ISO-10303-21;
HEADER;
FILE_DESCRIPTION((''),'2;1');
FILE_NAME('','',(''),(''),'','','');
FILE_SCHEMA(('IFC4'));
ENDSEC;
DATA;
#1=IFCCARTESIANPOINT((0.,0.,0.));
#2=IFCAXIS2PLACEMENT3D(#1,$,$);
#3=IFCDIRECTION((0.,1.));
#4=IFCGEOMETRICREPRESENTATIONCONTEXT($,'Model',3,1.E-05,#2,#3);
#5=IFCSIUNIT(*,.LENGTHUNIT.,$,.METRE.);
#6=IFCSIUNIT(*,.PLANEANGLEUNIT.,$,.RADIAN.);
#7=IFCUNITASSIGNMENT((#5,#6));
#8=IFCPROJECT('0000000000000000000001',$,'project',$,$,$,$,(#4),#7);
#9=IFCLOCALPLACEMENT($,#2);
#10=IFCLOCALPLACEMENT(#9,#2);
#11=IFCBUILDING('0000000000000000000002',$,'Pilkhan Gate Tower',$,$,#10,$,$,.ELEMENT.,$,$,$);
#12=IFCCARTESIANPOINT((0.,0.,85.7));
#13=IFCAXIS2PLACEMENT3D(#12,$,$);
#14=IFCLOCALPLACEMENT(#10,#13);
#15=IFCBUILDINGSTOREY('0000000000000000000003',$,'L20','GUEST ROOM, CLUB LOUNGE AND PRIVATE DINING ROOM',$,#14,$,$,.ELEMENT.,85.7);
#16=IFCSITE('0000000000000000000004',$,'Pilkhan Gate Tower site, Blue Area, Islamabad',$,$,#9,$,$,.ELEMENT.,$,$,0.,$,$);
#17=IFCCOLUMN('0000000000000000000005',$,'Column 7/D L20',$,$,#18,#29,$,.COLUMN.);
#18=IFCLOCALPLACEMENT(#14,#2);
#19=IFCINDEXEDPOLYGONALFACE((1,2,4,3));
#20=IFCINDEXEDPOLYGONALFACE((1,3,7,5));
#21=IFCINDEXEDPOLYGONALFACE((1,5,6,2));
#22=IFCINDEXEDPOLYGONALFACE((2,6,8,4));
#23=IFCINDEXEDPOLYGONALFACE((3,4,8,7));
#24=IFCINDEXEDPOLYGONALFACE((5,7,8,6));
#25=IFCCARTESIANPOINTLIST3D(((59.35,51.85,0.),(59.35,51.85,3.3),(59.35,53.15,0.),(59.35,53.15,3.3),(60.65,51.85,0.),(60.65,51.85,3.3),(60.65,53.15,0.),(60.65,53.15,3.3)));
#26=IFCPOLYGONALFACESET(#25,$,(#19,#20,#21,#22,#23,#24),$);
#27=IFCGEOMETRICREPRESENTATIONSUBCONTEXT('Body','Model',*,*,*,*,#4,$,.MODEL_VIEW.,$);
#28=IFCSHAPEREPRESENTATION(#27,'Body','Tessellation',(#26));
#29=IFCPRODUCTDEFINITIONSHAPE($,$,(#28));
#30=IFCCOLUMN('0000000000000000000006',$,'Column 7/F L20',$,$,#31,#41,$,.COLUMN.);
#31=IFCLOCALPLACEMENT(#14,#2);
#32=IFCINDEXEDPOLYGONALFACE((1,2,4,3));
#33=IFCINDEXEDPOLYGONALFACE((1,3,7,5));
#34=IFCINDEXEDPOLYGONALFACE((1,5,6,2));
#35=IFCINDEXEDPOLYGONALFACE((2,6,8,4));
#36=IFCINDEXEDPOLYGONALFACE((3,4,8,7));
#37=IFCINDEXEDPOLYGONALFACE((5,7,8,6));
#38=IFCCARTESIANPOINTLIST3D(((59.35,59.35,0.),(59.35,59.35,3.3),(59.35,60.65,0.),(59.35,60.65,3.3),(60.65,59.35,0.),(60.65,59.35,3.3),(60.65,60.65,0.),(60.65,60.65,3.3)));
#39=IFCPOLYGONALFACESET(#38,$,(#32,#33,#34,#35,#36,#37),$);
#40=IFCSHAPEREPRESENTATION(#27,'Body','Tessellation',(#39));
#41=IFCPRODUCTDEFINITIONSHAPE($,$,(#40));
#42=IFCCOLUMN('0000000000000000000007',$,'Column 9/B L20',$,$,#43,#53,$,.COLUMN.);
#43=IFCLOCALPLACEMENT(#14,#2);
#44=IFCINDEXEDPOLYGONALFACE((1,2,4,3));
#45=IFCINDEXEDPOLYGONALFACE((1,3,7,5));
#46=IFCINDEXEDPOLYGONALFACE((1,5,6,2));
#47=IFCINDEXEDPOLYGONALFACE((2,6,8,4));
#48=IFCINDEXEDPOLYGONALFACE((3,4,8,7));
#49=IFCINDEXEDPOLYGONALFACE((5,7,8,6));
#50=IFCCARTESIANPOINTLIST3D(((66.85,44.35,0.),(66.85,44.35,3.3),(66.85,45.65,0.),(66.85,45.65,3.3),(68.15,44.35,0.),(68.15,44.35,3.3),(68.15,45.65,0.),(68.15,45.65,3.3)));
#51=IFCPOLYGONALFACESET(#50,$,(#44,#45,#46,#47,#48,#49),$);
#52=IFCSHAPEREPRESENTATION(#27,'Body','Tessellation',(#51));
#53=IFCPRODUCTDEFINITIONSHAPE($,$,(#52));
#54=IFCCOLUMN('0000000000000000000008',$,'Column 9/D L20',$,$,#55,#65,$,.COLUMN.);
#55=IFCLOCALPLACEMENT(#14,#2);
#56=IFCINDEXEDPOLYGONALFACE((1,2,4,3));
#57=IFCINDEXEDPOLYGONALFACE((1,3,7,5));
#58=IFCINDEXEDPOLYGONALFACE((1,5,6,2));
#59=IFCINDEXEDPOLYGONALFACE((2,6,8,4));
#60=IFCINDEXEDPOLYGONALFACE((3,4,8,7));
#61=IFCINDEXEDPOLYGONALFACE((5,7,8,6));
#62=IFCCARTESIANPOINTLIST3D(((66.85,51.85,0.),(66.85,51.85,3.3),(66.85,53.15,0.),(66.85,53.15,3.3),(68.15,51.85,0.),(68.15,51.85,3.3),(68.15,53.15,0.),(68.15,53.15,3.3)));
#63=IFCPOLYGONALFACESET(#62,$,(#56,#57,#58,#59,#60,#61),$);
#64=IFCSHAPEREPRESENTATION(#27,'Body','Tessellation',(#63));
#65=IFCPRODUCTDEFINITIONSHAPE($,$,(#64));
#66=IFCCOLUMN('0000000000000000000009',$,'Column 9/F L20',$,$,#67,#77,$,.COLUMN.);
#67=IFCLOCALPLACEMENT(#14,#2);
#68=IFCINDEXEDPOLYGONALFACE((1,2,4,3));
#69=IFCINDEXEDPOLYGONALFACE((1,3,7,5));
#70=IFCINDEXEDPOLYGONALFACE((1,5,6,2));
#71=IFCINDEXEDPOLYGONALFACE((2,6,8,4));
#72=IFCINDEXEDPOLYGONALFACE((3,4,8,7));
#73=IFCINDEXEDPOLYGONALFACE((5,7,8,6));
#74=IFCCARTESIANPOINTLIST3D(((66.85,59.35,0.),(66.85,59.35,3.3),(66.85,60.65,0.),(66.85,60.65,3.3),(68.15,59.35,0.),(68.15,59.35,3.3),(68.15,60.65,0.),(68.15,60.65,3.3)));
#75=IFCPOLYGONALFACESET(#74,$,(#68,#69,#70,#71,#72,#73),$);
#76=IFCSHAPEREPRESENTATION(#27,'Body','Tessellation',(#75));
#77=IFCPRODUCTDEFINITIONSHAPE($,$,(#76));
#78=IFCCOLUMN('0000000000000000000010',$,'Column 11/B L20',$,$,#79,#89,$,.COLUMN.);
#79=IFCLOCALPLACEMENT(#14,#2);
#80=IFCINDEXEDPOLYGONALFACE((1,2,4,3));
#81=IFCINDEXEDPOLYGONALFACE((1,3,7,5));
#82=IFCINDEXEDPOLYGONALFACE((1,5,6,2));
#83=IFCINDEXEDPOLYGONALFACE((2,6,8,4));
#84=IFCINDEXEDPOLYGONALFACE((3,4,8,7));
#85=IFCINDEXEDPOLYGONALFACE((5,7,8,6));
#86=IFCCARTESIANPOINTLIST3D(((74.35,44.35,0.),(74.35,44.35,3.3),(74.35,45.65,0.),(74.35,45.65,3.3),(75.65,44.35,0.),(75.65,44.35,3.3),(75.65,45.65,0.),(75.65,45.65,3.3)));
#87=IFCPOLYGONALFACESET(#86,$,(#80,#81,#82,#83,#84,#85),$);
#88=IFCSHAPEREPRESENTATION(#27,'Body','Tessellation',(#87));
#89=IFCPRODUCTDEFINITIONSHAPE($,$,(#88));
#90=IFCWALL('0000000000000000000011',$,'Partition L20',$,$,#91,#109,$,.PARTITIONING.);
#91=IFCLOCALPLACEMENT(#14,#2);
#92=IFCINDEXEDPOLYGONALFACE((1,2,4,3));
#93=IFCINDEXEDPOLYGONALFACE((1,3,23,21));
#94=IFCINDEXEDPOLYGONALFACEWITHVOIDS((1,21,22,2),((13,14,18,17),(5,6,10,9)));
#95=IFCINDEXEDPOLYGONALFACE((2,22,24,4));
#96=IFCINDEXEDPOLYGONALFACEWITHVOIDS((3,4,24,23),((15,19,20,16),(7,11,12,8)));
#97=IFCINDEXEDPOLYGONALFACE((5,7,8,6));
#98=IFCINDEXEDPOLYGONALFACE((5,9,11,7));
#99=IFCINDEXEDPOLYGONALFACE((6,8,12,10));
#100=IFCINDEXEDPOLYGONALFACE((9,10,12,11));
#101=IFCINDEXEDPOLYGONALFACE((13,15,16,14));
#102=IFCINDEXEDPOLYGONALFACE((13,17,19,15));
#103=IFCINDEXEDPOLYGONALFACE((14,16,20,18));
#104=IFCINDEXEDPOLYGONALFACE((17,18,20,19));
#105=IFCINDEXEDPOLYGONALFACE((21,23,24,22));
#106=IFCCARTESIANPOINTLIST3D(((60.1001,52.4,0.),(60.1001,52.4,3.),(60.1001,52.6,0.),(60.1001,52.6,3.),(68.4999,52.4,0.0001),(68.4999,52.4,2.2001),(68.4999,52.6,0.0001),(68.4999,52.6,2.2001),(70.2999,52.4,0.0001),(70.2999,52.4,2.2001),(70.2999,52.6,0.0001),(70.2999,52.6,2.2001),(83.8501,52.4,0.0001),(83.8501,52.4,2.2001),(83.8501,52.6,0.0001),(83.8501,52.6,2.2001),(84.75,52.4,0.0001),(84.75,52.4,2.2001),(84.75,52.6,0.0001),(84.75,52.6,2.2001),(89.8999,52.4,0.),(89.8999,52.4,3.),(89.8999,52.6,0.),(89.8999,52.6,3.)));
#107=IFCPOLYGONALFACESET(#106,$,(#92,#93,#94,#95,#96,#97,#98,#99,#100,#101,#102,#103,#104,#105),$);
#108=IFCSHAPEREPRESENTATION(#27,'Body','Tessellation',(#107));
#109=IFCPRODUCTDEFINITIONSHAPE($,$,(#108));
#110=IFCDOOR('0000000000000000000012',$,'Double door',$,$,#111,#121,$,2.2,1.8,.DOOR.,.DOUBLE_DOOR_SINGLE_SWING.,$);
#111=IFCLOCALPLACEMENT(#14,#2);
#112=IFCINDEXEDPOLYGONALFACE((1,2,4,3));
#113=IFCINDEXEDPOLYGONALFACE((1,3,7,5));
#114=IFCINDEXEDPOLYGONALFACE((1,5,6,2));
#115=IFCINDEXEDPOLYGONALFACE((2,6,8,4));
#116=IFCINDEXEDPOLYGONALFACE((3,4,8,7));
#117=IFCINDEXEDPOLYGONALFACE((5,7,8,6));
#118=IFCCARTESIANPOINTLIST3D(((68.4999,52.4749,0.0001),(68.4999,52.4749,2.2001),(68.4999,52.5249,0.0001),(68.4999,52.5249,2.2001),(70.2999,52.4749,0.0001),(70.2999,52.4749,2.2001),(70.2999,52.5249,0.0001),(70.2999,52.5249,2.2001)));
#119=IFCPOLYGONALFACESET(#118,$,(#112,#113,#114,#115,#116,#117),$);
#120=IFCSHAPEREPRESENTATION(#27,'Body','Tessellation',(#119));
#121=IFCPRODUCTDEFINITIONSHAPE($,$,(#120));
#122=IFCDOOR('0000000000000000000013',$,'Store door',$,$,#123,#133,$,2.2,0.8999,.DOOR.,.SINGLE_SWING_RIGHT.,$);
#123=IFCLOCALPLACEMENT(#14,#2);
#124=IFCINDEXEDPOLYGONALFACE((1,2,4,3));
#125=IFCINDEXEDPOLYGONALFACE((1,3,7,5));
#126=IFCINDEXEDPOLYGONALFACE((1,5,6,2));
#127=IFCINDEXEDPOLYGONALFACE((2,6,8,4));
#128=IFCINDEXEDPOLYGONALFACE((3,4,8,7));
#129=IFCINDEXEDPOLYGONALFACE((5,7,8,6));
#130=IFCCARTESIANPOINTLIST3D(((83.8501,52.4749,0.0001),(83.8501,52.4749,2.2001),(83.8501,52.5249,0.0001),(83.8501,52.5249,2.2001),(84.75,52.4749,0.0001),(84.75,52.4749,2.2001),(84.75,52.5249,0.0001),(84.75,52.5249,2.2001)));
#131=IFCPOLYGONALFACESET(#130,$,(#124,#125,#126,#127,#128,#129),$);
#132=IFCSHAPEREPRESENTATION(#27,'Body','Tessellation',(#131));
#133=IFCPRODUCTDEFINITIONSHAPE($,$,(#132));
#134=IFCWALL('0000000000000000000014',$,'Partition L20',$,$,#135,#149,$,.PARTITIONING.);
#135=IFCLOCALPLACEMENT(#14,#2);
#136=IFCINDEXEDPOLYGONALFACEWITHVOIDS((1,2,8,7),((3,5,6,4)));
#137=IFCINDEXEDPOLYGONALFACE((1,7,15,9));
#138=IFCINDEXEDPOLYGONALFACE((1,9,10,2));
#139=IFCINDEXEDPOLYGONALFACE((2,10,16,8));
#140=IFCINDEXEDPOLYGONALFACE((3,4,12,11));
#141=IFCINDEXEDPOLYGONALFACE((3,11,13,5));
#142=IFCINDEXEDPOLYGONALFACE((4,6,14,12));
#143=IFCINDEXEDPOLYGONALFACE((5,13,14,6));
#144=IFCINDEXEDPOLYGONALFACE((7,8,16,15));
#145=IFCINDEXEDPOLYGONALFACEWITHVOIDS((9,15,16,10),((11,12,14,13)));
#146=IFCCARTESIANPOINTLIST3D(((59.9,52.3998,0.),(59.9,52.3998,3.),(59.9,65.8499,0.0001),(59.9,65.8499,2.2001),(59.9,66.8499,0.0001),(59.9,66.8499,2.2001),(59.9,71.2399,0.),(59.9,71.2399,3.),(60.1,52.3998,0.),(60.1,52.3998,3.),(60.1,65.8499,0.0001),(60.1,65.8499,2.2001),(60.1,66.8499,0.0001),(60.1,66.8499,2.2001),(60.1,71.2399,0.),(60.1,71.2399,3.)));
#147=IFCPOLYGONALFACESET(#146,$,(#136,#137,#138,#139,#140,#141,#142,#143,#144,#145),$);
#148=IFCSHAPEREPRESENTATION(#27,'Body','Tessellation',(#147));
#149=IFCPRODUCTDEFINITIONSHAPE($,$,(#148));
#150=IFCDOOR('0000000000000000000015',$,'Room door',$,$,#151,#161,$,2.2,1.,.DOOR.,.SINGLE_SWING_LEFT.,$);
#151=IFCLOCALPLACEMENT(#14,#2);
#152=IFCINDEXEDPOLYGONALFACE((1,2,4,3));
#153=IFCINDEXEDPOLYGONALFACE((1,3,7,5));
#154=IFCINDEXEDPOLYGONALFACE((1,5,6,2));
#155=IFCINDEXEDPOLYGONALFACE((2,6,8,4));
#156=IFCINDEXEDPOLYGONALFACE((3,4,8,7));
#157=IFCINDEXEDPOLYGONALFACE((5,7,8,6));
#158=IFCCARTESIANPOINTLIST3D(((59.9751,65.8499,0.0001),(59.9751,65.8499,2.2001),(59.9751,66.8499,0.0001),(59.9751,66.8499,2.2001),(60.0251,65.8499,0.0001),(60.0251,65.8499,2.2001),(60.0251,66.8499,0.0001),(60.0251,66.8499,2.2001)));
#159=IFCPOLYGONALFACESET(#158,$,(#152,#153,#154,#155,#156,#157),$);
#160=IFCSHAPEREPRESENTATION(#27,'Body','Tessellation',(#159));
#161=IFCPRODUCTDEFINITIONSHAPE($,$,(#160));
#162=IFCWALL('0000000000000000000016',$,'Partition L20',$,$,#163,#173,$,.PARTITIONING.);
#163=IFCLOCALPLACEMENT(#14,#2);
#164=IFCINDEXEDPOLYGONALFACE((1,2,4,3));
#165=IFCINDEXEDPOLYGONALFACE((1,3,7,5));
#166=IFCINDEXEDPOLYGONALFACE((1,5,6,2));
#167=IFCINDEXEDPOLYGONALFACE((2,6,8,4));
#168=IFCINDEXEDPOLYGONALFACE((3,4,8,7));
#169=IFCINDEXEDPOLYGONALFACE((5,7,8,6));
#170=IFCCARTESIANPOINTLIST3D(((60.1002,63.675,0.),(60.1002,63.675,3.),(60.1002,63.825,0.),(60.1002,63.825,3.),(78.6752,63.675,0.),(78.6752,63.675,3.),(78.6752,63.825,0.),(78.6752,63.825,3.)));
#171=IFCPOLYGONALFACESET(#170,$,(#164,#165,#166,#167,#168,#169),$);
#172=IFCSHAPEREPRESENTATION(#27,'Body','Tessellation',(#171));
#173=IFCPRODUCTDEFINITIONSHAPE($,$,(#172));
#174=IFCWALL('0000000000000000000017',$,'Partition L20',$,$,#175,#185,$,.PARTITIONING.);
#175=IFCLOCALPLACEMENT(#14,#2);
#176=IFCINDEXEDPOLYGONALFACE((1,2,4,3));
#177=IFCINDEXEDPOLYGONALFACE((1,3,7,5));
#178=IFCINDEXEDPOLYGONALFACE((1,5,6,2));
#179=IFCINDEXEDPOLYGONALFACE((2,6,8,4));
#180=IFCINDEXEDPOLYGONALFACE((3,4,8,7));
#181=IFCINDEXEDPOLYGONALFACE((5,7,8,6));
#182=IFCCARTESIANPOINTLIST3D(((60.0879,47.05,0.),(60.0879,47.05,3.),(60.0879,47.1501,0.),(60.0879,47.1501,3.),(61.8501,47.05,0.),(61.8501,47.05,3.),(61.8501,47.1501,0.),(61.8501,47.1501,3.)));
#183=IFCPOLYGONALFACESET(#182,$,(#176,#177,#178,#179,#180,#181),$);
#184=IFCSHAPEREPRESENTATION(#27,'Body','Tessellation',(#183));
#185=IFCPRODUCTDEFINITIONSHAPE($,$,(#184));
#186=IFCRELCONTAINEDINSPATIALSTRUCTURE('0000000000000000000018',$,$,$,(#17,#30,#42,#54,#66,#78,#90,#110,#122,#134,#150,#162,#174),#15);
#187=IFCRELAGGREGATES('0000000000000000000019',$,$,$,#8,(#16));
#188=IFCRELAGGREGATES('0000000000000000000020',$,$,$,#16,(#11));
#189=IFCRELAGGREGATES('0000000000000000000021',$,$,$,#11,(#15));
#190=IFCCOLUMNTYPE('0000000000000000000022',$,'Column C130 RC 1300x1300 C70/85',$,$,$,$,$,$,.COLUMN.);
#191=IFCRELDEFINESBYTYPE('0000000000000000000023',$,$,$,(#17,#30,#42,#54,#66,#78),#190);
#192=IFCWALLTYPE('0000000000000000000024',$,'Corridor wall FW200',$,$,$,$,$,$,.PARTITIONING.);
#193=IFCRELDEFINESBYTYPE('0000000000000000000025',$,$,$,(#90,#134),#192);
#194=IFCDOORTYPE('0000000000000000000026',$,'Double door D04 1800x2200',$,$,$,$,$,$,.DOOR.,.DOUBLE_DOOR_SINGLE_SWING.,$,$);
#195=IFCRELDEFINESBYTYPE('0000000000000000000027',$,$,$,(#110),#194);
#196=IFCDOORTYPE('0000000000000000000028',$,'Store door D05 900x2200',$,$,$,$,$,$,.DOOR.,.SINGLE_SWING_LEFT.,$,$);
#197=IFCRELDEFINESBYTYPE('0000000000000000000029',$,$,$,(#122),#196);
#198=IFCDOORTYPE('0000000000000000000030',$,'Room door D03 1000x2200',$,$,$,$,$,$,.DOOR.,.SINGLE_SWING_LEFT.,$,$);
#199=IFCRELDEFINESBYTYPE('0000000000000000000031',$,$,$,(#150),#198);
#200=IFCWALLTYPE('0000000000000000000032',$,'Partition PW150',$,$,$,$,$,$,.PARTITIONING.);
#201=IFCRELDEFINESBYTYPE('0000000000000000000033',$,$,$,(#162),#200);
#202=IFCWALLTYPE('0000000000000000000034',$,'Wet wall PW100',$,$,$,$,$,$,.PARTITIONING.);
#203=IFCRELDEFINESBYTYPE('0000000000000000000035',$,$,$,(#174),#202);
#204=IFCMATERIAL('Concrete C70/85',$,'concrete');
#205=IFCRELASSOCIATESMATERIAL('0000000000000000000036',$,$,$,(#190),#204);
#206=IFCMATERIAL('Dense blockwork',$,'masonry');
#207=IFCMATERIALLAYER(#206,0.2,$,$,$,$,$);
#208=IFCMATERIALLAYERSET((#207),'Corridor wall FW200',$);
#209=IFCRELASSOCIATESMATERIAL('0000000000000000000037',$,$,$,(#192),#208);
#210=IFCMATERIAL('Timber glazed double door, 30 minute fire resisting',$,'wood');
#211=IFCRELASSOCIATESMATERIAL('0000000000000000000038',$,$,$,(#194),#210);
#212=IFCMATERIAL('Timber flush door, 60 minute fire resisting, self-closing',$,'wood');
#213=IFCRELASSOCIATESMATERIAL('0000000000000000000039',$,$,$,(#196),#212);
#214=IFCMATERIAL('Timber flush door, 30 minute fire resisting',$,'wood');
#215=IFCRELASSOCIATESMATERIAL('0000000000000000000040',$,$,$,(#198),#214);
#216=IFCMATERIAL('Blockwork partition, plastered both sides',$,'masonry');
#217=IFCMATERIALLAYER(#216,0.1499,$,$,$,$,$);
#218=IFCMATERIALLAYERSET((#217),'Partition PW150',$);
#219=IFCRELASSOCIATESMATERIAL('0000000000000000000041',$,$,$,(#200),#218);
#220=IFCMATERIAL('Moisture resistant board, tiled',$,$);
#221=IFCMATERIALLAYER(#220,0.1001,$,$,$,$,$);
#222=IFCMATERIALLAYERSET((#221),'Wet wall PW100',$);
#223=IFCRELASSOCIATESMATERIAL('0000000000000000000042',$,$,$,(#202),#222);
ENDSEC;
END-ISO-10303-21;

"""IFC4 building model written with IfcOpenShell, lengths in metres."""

from ifc_helpers import new_model, si_unit, direction, frame, frame_2d, origin, origin_2d, place, context, subcontext, project, spatial, rectangle, extrude, material, layer, layer_set, material_profile, profile_set, type_object, element, fill, save


model = new_model("IFC4")

# Units and contexts
model_context = context("Model", 3, precision=1e-05, world=origin(), true_north=direction((0.0, 1.0)))
body_context = subcontext(model_context, "Body", "Model", "MODEL_VIEW")
ifc_project = project(units=[si_unit("LENGTHUNIT", "METRE"), si_unit("PLANEANGLEUNIT", "RADIAN")], contexts=[model_context])

# Site, building, storey
site_placement = place(None, origin())
site = spatial("IfcSite", under=ifc_project, at=site_placement, Name="Pilkhan Gate Tower site, Blue Area, Islamabad", CompositionType="ELEMENT", RefElevation=0.0)
building_placement = place(site_placement, origin())
building = spatial("IfcBuilding", under=site, at=building_placement, Name="Pilkhan Gate Tower", CompositionType="ELEMENT")
storey_placement = place(building_placement, frame((0.0, 0.0, 85.7)))
storey = spatial("IfcBuildingStorey", under=building, at=storey_placement, Name="L20", Description="GUEST ROOM, CLUB LOUNGE AND PRIVATE DINING ROOM", CompositionType="ELEMENT", Elevation=85.7)

# Columns
ifc_material_1 = material(Name="Concrete C70/85", Category="concrete")
ifc_material_profile = material_profile(ifc_material_1, rectangle(XDim=1.3, YDim=1.3, at=origin_2d()), Name="RC 1300x1300")
ifc_profile_set = profile_set([ifc_material_profile], Name="Concrete C70/85")
column_type = type_object("IfcColumnType", Name="Column C130 RC 1300x1300 C70/85", PredefinedType="COLUMN", material=ifc_profile_set)
for number, where, z_axis, x_axis, name in (
    (1, (60.0, 52.5, 0.0), (0.0, 0.0, 1.0), (1.0, 0.0, 0.0), "Column 7/D L20"),
    (2, (60.0, 60.0, 0.0), (0.0, 0.0, 1.0), (1.0, 0.0, 0.0), "Column 7/F L20"),
    (3, (67.5, 45.0, 0.0), (0.0, 0.0, 1.0), (1.0, 0.0, 0.0), "Column 9/B L20"),
    (4, (67.5, 52.5, 0.0), (0.0, 0.0, 1.0), (1.0, 0.0, 0.0), "Column 9/D L20"),
    (5, (67.5, 60.0, 0.0), (0.0, 0.0, 1.0), (1.0, 0.0, 0.0), "Column 9/F L20"),
    (6, (75.0, 45.0, 0.0), (0.0, 0.0, 1.0), (1.0, 0.0, 0.0), "Column 11/B L20"),
):
    element("IfcColumn", number, at=place(storey_placement, frame(where, z_axis=z_axis, x_axis=x_axis)), inside=storey, type_object=column_type, Name=name, PredefinedType="COLUMN", context=body_context, shape_type="SweptSolid", body=[
        extrude(rectangle(XDim=1.3, YDim=1.3, at=origin_2d()), origin(), (0.0, 0.0, 1.0), 3.3),
    ])

# Wall, openings, doors
ifc_material_2 = material(Name="Dense blockwork", Category="masonry")
ifc_layer_1 = layer(ifc_material_2, 0.2)
ifc_layer_set_1 = layer_set([ifc_layer_1], Name="Corridor wall FW200")
wall_type_1 = type_object("IfcWallType", Name="Corridor wall FW200", PredefinedType="PARTITIONING", material=ifc_layer_set_1)
wall_1_placement = place(storey_placement, frame((60.1001, 52.5, 0.0), z_axis=(0.0, 0.0, 1.0), x_axis=(1.0, 0.0, 0.0)))
wall_1 = element("IfcWall", 7, at=wall_1_placement, inside=storey, type_object=wall_type_1, Name="Partition L20", PredefinedType="PARTITIONING", context=body_context, shape_type="SweptSolid", body=[
    extrude(rectangle(XDim=29.7998, YDim=0.2, at=frame_2d((14.8999, 0.0))), origin(), (0.0, 0.0, 1.0), 3.0),
])
opening_1_placement = place(wall_1_placement, frame((8.3999, 0.0, 0.0)))
opening_1 = element("IfcOpeningElement", 8, at=opening_1_placement, cuts=wall_1, PredefinedType="OPENING", context=body_context, shape_type="SweptSolid", body=[
    extrude(rectangle(XDim=1.8, YDim=2.2, at=frame_2d((0.8999, 1.1001))), frame((0.0, 0.1099, 0.0), z_axis=(0.0, -1.0, 0.0), x_axis=(1.0, 0.0, 0.0)), (0.0, 0.0, 1.0), 0.22),
])
opening_2_placement = place(wall_1_placement, frame((23.75, 0.0, 0.0)))
opening_2 = element("IfcOpeningElement", 9, at=opening_2_placement, cuts=wall_1, PredefinedType="OPENING", context=body_context, shape_type="SweptSolid", body=[
    extrude(rectangle(XDim=0.8999, YDim=2.2, at=frame_2d((0.45, 1.1001))), frame((0.0, 0.1099, 0.0), z_axis=(0.0, -1.0, 0.0), x_axis=(1.0, 0.0, 0.0)), (0.0, 0.0, 1.0), 0.22),
])
ifc_material_3 = material(Name="Timber glazed double door, 30 minute fire resisting", Category="wood")
door_type_1 = type_object("IfcDoorType", Name="Double door D04 1800x2200", OperationType="DOUBLE_DOOR_SINGLE_SWING", PredefinedType="DOOR", material=ifc_material_3)
door_1_placement = place(opening_1_placement, origin())
door_1 = element("IfcDoor", 10, at=door_1_placement, inside=storey, type_object=door_type_1, Name="Double door", OperationType="DOUBLE_DOOR_SINGLE_SWING", OverallHeight=2.2, OverallWidth=1.8, PredefinedType="DOOR", context=body_context, shape_type="SweptSolid", body=[
    extrude(rectangle(XDim=1.8, YDim=2.2, at=frame_2d((0.8999, 1.1001))), frame((0.0, 0.0249, 0.0), z_axis=(0.0, -1.0, 0.0), x_axis=(1.0, 0.0, 0.0)), (0.0, 0.0, 1.0), 0.05),
])
fill(opening_1, door_1)
ifc_material_4 = material(Name="Timber flush door, 60 minute fire resisting, self-closing", Category="wood")
door_type_2 = type_object("IfcDoorType", Name="Store door D05 900x2200", OperationType="SINGLE_SWING_LEFT", PredefinedType="DOOR", material=ifc_material_4)
door_2_placement = place(opening_2_placement, origin())
door_2 = element("IfcDoor", 11, at=door_2_placement, inside=storey, type_object=door_type_2, Name="Store door", OperationType="SINGLE_SWING_RIGHT", OverallHeight=2.2, OverallWidth=0.8999, PredefinedType="DOOR", context=body_context, shape_type="SweptSolid", body=[
    extrude(rectangle(XDim=0.8999, YDim=2.2, at=frame_2d((0.45, 1.1001))), frame((0.0, 0.0249, 0.0), z_axis=(0.0, -1.0, 0.0), x_axis=(1.0, 0.0, 0.0)), (0.0, 0.0, 1.0), 0.05),
])
fill(opening_2, door_2)

# Wall, opening, door
wall_2_placement = place(storey_placement, frame((60.0, 52.3999, 0.0), z_axis=(0.0, 0.0, 1.0), x_axis=(0.0, 1.0, 0.0)))
wall_2 = element("IfcWall", 12, at=wall_2_placement, inside=storey, type_object=wall_type_1, Name="Partition L20", PredefinedType="PARTITIONING", context=body_context, shape_type="SweptSolid", body=[
    extrude(rectangle(XDim=18.8401, YDim=0.2, at=frame_2d((9.4199, 0.0))), origin(), (0.0, 0.0, 1.0), 3.0),
])
opening_3_placement = place(wall_2_placement, frame((13.45, 0.0, 0.0)))
opening_3 = element("IfcOpeningElement", 13, at=opening_3_placement, cuts=wall_2, PredefinedType="OPENING", context=body_context, shape_type="SweptSolid", body=[
    extrude(rectangle(XDim=1.0, YDim=2.2, at=frame_2d((0.5, 1.1001))), frame((0.0, 0.1099, 0.0), z_axis=(0.0, -1.0, 0.0), x_axis=(1.0, 0.0, 0.0)), (0.0, 0.0, 1.0), 0.22),
])
ifc_material_5 = material(Name="Timber flush door, 30 minute fire resisting", Category="wood")
door_type_3 = type_object("IfcDoorType", Name="Room door D03 1000x2200", OperationType="SINGLE_SWING_LEFT", PredefinedType="DOOR", material=ifc_material_5)
door_3_placement = place(opening_3_placement, origin())
door_3 = element("IfcDoor", 14, at=door_3_placement, inside=storey, type_object=door_type_3, Name="Room door", OperationType="SINGLE_SWING_LEFT", OverallHeight=2.2, OverallWidth=1.0, PredefinedType="DOOR", context=body_context, shape_type="SweptSolid", body=[
    extrude(rectangle(XDim=1.0, YDim=2.2, at=frame_2d((0.5, 1.1001))), frame((0.0, 0.0249, 0.0), z_axis=(0.0, -1.0, 0.0), x_axis=(1.0, 0.0, 0.0)), (0.0, 0.0, 1.0), 0.05),
])
fill(opening_3, door_3)

# Walls
ifc_material_6 = material(Name="Blockwork partition, plastered both sides", Category="masonry")
ifc_layer_2 = layer(ifc_material_6, 0.1499)
ifc_layer_set_2 = layer_set([ifc_layer_2], Name="Partition PW150")
wall_type_2 = type_object("IfcWallType", Name="Partition PW150", PredefinedType="PARTITIONING", material=ifc_layer_set_2)
wall_3_placement = place(storey_placement, frame((60.1001, 63.75, 0.0), z_axis=(0.0, 0.0, 1.0), x_axis=(1.0, 0.0, 0.0)))
element("IfcWall", 15, at=wall_3_placement, inside=storey, type_object=wall_type_2, Name="Partition L20", PredefinedType="PARTITIONING", context=body_context, shape_type="SweptSolid", body=[
    extrude(rectangle(XDim=18.575, YDim=0.1499, at=frame_2d((9.2876, 0.0))), origin(), (0.0, 0.0, 1.0), 3.0),
])
ifc_material_7 = material(Name="Moisture resistant board, tiled")
ifc_layer_3 = layer(ifc_material_7, 0.1001)
ifc_layer_set_3 = layer_set([ifc_layer_3], Name="Wet wall PW100")
wall_type_3 = type_object("IfcWallType", Name="Wet wall PW100", PredefinedType="PARTITIONING", material=ifc_layer_set_3)
wall_4_placement = place(storey_placement, frame((60.0879, 47.1001, 0.0), z_axis=(0.0, 0.0, 1.0), x_axis=(1.0, 0.0, 0.0)))
element("IfcWall", 16, at=wall_4_placement, inside=storey, type_object=wall_type_3, Name="Partition L20", PredefinedType="PARTITIONING", context=body_context, shape_type="SweptSolid", body=[
    extrude(rectangle(XDim=1.7622, YDim=0.1001, at=frame_2d((0.8811, 0.0))), origin(), (0.0, 0.0, 1.0), 3.0),
])

save(model, "model.ifc")
